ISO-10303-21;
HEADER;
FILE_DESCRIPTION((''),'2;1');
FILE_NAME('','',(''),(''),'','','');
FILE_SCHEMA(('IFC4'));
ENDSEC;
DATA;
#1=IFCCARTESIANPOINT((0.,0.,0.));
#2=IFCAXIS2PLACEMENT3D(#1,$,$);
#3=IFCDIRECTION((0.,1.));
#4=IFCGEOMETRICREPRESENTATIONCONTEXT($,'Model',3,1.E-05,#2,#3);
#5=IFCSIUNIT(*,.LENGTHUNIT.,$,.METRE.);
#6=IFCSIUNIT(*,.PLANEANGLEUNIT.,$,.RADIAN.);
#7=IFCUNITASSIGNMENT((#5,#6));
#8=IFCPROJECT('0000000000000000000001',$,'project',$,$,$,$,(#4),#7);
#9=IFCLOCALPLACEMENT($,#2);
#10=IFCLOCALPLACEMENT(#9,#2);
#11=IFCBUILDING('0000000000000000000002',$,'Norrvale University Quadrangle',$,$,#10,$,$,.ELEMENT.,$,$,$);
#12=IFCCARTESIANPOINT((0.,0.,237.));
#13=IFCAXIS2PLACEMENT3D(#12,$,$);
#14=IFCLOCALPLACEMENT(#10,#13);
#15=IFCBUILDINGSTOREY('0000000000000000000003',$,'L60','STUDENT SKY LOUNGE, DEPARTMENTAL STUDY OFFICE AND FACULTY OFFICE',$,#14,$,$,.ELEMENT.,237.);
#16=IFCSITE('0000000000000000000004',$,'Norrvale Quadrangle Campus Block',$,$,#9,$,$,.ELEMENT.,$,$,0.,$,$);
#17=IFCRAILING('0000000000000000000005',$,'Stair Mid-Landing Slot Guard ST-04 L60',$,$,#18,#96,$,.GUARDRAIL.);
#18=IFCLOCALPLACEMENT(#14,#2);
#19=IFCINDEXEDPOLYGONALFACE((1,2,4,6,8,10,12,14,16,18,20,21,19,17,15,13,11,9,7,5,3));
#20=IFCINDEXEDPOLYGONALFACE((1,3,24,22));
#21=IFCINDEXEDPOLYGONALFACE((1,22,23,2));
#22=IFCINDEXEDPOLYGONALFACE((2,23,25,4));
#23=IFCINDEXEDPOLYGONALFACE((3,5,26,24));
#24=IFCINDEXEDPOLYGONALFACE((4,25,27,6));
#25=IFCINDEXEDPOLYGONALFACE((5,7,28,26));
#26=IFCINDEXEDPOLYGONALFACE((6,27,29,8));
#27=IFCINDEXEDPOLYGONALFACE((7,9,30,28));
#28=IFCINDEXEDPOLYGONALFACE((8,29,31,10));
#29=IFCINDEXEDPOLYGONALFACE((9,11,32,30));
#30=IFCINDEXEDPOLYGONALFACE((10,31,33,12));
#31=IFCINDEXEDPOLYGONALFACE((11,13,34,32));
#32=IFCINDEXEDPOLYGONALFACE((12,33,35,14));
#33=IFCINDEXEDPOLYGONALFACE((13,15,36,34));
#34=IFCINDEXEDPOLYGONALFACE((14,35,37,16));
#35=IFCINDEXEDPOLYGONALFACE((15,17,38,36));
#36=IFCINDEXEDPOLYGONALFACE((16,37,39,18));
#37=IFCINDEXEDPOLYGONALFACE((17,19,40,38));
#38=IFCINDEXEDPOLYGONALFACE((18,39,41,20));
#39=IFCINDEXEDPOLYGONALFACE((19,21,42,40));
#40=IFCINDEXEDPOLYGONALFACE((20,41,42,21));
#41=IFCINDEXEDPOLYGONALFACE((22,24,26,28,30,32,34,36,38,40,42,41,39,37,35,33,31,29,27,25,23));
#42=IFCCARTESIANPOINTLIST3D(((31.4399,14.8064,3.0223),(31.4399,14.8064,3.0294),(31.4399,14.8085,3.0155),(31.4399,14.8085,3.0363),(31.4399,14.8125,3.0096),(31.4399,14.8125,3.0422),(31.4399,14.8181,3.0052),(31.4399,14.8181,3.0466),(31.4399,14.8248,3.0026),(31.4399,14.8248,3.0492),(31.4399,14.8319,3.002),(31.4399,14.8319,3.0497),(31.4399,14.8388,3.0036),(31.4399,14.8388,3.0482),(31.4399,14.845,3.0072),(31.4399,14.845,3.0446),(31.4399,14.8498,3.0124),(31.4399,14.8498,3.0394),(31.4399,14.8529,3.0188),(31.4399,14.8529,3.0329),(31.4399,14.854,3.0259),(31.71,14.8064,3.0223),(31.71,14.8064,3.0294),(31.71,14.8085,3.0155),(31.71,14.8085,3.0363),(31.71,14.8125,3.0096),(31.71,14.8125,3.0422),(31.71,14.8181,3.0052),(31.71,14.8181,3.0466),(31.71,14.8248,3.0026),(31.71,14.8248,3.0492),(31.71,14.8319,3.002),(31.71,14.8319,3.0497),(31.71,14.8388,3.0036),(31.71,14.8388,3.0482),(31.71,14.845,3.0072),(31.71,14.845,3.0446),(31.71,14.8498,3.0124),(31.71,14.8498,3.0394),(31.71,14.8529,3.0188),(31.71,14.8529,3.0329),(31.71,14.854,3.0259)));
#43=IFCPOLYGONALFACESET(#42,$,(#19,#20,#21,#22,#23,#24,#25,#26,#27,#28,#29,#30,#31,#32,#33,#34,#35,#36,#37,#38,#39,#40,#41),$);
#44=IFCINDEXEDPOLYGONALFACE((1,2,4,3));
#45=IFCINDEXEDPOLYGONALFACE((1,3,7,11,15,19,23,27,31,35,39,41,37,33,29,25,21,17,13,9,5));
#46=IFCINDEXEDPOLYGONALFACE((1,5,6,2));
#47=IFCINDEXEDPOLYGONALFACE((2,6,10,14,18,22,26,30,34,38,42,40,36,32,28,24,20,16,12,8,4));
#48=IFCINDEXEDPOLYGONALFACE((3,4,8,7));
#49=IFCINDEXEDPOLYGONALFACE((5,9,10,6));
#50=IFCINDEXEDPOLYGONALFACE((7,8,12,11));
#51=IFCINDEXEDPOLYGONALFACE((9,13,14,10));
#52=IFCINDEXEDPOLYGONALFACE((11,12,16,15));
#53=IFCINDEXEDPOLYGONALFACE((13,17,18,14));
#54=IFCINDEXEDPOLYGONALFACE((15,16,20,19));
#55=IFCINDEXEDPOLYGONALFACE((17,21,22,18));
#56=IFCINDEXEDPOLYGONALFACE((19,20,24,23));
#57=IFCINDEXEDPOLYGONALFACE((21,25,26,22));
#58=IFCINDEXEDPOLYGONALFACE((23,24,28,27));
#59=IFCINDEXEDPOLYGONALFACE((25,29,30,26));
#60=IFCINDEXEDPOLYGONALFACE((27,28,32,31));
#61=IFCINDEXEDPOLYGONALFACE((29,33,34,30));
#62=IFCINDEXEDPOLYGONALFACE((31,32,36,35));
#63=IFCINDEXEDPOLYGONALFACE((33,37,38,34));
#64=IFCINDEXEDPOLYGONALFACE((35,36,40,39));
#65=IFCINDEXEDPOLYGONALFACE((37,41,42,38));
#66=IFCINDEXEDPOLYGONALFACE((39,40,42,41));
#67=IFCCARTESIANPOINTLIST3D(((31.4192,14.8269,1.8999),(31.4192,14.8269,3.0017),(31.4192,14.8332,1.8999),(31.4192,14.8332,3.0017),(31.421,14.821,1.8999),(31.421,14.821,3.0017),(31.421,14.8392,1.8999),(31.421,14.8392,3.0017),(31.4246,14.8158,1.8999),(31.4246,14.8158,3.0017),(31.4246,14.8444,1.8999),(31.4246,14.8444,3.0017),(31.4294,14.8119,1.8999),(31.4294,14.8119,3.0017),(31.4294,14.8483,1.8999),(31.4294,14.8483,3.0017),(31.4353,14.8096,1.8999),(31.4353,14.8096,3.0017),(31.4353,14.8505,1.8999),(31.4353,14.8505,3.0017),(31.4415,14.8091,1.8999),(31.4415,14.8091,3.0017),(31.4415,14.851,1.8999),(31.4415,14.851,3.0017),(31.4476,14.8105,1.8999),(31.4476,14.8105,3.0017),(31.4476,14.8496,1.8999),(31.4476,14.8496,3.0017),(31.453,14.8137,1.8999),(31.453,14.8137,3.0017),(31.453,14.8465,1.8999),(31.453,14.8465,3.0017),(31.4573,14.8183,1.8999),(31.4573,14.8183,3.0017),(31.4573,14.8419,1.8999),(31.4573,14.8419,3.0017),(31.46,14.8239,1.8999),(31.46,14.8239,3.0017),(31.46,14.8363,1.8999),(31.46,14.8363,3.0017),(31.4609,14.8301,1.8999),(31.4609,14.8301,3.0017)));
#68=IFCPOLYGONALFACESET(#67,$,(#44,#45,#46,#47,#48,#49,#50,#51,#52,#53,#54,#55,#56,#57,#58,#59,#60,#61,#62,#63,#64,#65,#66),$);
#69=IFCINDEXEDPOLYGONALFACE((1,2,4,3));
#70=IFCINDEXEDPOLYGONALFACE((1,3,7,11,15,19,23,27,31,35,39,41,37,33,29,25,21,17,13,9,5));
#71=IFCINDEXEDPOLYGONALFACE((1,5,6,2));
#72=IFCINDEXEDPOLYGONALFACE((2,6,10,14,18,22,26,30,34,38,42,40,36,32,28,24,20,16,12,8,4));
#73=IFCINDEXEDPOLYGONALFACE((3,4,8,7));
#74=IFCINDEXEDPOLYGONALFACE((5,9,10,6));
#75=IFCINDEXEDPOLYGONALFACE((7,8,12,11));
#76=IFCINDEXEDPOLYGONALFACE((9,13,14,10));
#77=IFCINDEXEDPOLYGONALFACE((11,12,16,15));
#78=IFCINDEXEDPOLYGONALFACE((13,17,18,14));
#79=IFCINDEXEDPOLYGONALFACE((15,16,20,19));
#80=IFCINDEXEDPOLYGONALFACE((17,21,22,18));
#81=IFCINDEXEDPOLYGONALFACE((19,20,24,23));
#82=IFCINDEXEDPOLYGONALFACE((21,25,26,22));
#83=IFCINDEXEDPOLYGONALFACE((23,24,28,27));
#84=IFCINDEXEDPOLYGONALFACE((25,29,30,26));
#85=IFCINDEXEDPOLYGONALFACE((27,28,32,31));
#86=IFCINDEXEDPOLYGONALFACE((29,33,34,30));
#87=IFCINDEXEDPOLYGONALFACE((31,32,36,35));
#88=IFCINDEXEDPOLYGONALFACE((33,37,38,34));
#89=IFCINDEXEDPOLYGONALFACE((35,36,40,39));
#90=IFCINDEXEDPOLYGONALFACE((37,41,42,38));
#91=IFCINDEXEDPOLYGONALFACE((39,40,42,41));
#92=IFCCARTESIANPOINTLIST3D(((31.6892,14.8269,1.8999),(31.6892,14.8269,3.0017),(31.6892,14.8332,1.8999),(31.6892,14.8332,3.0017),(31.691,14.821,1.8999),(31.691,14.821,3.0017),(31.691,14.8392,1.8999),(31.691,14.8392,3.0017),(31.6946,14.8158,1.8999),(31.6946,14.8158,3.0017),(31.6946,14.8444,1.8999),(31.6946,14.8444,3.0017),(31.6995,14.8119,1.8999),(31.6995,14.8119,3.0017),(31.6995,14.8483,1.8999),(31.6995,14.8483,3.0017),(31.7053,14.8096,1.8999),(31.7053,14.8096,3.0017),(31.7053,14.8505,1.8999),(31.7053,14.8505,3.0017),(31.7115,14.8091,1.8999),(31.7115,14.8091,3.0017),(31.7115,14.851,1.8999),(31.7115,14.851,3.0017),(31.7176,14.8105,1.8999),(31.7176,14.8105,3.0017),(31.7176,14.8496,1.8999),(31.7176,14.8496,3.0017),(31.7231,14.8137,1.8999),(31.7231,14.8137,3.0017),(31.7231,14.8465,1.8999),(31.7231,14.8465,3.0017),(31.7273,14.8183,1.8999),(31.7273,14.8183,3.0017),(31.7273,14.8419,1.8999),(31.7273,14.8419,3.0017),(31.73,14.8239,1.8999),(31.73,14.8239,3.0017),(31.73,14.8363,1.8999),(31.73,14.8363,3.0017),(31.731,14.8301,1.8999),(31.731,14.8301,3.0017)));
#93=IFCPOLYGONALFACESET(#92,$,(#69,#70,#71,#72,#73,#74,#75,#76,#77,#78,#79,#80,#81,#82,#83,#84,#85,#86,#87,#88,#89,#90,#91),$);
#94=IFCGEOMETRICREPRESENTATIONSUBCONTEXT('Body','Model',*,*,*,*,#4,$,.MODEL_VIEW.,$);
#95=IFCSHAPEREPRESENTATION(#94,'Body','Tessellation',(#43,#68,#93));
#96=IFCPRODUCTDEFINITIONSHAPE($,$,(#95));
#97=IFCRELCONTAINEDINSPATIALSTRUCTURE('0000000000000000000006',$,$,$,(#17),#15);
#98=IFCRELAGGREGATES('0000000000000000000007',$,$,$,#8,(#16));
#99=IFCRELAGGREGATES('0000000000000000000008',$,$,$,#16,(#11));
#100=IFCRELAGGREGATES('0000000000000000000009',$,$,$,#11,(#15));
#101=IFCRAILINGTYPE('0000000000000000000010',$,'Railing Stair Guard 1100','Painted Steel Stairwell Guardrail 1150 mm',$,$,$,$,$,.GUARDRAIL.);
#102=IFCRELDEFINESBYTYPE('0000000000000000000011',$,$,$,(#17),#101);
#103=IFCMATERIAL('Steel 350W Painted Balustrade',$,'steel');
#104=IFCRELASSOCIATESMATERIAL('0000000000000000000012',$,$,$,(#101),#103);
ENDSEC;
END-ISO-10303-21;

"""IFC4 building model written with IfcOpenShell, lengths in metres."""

from ifc_helpers import new_model, si_unit, direction, frame, origin, origin_2d, place, context, subcontext, project, spatial, circle, extrude, material, type_object, element, save


model = new_model("IFC4")

# Units and contexts
model_context = context("Model", 3, precision=1e-05, world=origin(), true_north=direction((0.0, 1.0)))
body_context = subcontext(model_context, "Body", "Model", "MODEL_VIEW")
ifc_project = project(units=[si_unit("LENGTHUNIT", "METRE"), si_unit("PLANEANGLEUNIT", "RADIAN")], contexts=[model_context])

# Site, building, storey
site_placement = place(None, origin())
site = spatial("IfcSite", under=ifc_project, at=site_placement, Name="Norrvale Quadrangle Campus Block", CompositionType="ELEMENT", RefElevation=0.0)
building_placement = place(site_placement, origin())
building = spatial("IfcBuilding", under=site, at=building_placement, Name="Norrvale University Quadrangle", CompositionType="ELEMENT")
storey_placement = place(building_placement, frame((0.0, 0.0, 237.0)))
storey = spatial("IfcBuildingStorey", under=building, at=storey_placement, Name="L60", Description="STUDENT SKY LOUNGE, DEPARTMENTAL STUDY OFFICE AND FACULTY OFFICE", CompositionType="ELEMENT", Elevation=237.0)

# Railing
ifc_material_1 = material(Name="Steel 350W Painted Balustrade", Category="steel")
railing_type_1 = type_object("IfcRailingType", Name="Railing Stair Guard 1100", Description="Painted Steel Stairwell Guardrail 1150 mm", PredefinedType="GUARDRAIL", material=ifc_material_1)
for number, where, name in (
    (1, (31.4399, 14.8301, 1.8999), "Stair Mid-Landing Slot Guard ST-04 L60"),
):
    element("IfcRailing", number, at=place(storey_placement, frame(where)), inside=storey, type_object=railing_type_1, Name=name, PredefinedType="GUARDRAIL", context=body_context, shape_type="SweptSolid", body=[
        extrude(circle(Radius=0.0239, at=origin_2d()), frame((0.0, 0.0, 1.126), z_axis=(1.0, 0.0, 0.0), x_axis=(0.0, 1.0, 0.0)), (0.0, 0.0, 1.0), 0.27),
        extrude(circle(Radius=0.021, at=origin_2d()), origin(), (0.0, 0.0, 1.0), 1.1018),
        extrude(circle(Radius=0.021, at=origin_2d()), frame((0.27, 0.0, 0.0)), (0.0, 0.0, 1.0), 1.1018),
    ])

save(model, "model.ifc")
